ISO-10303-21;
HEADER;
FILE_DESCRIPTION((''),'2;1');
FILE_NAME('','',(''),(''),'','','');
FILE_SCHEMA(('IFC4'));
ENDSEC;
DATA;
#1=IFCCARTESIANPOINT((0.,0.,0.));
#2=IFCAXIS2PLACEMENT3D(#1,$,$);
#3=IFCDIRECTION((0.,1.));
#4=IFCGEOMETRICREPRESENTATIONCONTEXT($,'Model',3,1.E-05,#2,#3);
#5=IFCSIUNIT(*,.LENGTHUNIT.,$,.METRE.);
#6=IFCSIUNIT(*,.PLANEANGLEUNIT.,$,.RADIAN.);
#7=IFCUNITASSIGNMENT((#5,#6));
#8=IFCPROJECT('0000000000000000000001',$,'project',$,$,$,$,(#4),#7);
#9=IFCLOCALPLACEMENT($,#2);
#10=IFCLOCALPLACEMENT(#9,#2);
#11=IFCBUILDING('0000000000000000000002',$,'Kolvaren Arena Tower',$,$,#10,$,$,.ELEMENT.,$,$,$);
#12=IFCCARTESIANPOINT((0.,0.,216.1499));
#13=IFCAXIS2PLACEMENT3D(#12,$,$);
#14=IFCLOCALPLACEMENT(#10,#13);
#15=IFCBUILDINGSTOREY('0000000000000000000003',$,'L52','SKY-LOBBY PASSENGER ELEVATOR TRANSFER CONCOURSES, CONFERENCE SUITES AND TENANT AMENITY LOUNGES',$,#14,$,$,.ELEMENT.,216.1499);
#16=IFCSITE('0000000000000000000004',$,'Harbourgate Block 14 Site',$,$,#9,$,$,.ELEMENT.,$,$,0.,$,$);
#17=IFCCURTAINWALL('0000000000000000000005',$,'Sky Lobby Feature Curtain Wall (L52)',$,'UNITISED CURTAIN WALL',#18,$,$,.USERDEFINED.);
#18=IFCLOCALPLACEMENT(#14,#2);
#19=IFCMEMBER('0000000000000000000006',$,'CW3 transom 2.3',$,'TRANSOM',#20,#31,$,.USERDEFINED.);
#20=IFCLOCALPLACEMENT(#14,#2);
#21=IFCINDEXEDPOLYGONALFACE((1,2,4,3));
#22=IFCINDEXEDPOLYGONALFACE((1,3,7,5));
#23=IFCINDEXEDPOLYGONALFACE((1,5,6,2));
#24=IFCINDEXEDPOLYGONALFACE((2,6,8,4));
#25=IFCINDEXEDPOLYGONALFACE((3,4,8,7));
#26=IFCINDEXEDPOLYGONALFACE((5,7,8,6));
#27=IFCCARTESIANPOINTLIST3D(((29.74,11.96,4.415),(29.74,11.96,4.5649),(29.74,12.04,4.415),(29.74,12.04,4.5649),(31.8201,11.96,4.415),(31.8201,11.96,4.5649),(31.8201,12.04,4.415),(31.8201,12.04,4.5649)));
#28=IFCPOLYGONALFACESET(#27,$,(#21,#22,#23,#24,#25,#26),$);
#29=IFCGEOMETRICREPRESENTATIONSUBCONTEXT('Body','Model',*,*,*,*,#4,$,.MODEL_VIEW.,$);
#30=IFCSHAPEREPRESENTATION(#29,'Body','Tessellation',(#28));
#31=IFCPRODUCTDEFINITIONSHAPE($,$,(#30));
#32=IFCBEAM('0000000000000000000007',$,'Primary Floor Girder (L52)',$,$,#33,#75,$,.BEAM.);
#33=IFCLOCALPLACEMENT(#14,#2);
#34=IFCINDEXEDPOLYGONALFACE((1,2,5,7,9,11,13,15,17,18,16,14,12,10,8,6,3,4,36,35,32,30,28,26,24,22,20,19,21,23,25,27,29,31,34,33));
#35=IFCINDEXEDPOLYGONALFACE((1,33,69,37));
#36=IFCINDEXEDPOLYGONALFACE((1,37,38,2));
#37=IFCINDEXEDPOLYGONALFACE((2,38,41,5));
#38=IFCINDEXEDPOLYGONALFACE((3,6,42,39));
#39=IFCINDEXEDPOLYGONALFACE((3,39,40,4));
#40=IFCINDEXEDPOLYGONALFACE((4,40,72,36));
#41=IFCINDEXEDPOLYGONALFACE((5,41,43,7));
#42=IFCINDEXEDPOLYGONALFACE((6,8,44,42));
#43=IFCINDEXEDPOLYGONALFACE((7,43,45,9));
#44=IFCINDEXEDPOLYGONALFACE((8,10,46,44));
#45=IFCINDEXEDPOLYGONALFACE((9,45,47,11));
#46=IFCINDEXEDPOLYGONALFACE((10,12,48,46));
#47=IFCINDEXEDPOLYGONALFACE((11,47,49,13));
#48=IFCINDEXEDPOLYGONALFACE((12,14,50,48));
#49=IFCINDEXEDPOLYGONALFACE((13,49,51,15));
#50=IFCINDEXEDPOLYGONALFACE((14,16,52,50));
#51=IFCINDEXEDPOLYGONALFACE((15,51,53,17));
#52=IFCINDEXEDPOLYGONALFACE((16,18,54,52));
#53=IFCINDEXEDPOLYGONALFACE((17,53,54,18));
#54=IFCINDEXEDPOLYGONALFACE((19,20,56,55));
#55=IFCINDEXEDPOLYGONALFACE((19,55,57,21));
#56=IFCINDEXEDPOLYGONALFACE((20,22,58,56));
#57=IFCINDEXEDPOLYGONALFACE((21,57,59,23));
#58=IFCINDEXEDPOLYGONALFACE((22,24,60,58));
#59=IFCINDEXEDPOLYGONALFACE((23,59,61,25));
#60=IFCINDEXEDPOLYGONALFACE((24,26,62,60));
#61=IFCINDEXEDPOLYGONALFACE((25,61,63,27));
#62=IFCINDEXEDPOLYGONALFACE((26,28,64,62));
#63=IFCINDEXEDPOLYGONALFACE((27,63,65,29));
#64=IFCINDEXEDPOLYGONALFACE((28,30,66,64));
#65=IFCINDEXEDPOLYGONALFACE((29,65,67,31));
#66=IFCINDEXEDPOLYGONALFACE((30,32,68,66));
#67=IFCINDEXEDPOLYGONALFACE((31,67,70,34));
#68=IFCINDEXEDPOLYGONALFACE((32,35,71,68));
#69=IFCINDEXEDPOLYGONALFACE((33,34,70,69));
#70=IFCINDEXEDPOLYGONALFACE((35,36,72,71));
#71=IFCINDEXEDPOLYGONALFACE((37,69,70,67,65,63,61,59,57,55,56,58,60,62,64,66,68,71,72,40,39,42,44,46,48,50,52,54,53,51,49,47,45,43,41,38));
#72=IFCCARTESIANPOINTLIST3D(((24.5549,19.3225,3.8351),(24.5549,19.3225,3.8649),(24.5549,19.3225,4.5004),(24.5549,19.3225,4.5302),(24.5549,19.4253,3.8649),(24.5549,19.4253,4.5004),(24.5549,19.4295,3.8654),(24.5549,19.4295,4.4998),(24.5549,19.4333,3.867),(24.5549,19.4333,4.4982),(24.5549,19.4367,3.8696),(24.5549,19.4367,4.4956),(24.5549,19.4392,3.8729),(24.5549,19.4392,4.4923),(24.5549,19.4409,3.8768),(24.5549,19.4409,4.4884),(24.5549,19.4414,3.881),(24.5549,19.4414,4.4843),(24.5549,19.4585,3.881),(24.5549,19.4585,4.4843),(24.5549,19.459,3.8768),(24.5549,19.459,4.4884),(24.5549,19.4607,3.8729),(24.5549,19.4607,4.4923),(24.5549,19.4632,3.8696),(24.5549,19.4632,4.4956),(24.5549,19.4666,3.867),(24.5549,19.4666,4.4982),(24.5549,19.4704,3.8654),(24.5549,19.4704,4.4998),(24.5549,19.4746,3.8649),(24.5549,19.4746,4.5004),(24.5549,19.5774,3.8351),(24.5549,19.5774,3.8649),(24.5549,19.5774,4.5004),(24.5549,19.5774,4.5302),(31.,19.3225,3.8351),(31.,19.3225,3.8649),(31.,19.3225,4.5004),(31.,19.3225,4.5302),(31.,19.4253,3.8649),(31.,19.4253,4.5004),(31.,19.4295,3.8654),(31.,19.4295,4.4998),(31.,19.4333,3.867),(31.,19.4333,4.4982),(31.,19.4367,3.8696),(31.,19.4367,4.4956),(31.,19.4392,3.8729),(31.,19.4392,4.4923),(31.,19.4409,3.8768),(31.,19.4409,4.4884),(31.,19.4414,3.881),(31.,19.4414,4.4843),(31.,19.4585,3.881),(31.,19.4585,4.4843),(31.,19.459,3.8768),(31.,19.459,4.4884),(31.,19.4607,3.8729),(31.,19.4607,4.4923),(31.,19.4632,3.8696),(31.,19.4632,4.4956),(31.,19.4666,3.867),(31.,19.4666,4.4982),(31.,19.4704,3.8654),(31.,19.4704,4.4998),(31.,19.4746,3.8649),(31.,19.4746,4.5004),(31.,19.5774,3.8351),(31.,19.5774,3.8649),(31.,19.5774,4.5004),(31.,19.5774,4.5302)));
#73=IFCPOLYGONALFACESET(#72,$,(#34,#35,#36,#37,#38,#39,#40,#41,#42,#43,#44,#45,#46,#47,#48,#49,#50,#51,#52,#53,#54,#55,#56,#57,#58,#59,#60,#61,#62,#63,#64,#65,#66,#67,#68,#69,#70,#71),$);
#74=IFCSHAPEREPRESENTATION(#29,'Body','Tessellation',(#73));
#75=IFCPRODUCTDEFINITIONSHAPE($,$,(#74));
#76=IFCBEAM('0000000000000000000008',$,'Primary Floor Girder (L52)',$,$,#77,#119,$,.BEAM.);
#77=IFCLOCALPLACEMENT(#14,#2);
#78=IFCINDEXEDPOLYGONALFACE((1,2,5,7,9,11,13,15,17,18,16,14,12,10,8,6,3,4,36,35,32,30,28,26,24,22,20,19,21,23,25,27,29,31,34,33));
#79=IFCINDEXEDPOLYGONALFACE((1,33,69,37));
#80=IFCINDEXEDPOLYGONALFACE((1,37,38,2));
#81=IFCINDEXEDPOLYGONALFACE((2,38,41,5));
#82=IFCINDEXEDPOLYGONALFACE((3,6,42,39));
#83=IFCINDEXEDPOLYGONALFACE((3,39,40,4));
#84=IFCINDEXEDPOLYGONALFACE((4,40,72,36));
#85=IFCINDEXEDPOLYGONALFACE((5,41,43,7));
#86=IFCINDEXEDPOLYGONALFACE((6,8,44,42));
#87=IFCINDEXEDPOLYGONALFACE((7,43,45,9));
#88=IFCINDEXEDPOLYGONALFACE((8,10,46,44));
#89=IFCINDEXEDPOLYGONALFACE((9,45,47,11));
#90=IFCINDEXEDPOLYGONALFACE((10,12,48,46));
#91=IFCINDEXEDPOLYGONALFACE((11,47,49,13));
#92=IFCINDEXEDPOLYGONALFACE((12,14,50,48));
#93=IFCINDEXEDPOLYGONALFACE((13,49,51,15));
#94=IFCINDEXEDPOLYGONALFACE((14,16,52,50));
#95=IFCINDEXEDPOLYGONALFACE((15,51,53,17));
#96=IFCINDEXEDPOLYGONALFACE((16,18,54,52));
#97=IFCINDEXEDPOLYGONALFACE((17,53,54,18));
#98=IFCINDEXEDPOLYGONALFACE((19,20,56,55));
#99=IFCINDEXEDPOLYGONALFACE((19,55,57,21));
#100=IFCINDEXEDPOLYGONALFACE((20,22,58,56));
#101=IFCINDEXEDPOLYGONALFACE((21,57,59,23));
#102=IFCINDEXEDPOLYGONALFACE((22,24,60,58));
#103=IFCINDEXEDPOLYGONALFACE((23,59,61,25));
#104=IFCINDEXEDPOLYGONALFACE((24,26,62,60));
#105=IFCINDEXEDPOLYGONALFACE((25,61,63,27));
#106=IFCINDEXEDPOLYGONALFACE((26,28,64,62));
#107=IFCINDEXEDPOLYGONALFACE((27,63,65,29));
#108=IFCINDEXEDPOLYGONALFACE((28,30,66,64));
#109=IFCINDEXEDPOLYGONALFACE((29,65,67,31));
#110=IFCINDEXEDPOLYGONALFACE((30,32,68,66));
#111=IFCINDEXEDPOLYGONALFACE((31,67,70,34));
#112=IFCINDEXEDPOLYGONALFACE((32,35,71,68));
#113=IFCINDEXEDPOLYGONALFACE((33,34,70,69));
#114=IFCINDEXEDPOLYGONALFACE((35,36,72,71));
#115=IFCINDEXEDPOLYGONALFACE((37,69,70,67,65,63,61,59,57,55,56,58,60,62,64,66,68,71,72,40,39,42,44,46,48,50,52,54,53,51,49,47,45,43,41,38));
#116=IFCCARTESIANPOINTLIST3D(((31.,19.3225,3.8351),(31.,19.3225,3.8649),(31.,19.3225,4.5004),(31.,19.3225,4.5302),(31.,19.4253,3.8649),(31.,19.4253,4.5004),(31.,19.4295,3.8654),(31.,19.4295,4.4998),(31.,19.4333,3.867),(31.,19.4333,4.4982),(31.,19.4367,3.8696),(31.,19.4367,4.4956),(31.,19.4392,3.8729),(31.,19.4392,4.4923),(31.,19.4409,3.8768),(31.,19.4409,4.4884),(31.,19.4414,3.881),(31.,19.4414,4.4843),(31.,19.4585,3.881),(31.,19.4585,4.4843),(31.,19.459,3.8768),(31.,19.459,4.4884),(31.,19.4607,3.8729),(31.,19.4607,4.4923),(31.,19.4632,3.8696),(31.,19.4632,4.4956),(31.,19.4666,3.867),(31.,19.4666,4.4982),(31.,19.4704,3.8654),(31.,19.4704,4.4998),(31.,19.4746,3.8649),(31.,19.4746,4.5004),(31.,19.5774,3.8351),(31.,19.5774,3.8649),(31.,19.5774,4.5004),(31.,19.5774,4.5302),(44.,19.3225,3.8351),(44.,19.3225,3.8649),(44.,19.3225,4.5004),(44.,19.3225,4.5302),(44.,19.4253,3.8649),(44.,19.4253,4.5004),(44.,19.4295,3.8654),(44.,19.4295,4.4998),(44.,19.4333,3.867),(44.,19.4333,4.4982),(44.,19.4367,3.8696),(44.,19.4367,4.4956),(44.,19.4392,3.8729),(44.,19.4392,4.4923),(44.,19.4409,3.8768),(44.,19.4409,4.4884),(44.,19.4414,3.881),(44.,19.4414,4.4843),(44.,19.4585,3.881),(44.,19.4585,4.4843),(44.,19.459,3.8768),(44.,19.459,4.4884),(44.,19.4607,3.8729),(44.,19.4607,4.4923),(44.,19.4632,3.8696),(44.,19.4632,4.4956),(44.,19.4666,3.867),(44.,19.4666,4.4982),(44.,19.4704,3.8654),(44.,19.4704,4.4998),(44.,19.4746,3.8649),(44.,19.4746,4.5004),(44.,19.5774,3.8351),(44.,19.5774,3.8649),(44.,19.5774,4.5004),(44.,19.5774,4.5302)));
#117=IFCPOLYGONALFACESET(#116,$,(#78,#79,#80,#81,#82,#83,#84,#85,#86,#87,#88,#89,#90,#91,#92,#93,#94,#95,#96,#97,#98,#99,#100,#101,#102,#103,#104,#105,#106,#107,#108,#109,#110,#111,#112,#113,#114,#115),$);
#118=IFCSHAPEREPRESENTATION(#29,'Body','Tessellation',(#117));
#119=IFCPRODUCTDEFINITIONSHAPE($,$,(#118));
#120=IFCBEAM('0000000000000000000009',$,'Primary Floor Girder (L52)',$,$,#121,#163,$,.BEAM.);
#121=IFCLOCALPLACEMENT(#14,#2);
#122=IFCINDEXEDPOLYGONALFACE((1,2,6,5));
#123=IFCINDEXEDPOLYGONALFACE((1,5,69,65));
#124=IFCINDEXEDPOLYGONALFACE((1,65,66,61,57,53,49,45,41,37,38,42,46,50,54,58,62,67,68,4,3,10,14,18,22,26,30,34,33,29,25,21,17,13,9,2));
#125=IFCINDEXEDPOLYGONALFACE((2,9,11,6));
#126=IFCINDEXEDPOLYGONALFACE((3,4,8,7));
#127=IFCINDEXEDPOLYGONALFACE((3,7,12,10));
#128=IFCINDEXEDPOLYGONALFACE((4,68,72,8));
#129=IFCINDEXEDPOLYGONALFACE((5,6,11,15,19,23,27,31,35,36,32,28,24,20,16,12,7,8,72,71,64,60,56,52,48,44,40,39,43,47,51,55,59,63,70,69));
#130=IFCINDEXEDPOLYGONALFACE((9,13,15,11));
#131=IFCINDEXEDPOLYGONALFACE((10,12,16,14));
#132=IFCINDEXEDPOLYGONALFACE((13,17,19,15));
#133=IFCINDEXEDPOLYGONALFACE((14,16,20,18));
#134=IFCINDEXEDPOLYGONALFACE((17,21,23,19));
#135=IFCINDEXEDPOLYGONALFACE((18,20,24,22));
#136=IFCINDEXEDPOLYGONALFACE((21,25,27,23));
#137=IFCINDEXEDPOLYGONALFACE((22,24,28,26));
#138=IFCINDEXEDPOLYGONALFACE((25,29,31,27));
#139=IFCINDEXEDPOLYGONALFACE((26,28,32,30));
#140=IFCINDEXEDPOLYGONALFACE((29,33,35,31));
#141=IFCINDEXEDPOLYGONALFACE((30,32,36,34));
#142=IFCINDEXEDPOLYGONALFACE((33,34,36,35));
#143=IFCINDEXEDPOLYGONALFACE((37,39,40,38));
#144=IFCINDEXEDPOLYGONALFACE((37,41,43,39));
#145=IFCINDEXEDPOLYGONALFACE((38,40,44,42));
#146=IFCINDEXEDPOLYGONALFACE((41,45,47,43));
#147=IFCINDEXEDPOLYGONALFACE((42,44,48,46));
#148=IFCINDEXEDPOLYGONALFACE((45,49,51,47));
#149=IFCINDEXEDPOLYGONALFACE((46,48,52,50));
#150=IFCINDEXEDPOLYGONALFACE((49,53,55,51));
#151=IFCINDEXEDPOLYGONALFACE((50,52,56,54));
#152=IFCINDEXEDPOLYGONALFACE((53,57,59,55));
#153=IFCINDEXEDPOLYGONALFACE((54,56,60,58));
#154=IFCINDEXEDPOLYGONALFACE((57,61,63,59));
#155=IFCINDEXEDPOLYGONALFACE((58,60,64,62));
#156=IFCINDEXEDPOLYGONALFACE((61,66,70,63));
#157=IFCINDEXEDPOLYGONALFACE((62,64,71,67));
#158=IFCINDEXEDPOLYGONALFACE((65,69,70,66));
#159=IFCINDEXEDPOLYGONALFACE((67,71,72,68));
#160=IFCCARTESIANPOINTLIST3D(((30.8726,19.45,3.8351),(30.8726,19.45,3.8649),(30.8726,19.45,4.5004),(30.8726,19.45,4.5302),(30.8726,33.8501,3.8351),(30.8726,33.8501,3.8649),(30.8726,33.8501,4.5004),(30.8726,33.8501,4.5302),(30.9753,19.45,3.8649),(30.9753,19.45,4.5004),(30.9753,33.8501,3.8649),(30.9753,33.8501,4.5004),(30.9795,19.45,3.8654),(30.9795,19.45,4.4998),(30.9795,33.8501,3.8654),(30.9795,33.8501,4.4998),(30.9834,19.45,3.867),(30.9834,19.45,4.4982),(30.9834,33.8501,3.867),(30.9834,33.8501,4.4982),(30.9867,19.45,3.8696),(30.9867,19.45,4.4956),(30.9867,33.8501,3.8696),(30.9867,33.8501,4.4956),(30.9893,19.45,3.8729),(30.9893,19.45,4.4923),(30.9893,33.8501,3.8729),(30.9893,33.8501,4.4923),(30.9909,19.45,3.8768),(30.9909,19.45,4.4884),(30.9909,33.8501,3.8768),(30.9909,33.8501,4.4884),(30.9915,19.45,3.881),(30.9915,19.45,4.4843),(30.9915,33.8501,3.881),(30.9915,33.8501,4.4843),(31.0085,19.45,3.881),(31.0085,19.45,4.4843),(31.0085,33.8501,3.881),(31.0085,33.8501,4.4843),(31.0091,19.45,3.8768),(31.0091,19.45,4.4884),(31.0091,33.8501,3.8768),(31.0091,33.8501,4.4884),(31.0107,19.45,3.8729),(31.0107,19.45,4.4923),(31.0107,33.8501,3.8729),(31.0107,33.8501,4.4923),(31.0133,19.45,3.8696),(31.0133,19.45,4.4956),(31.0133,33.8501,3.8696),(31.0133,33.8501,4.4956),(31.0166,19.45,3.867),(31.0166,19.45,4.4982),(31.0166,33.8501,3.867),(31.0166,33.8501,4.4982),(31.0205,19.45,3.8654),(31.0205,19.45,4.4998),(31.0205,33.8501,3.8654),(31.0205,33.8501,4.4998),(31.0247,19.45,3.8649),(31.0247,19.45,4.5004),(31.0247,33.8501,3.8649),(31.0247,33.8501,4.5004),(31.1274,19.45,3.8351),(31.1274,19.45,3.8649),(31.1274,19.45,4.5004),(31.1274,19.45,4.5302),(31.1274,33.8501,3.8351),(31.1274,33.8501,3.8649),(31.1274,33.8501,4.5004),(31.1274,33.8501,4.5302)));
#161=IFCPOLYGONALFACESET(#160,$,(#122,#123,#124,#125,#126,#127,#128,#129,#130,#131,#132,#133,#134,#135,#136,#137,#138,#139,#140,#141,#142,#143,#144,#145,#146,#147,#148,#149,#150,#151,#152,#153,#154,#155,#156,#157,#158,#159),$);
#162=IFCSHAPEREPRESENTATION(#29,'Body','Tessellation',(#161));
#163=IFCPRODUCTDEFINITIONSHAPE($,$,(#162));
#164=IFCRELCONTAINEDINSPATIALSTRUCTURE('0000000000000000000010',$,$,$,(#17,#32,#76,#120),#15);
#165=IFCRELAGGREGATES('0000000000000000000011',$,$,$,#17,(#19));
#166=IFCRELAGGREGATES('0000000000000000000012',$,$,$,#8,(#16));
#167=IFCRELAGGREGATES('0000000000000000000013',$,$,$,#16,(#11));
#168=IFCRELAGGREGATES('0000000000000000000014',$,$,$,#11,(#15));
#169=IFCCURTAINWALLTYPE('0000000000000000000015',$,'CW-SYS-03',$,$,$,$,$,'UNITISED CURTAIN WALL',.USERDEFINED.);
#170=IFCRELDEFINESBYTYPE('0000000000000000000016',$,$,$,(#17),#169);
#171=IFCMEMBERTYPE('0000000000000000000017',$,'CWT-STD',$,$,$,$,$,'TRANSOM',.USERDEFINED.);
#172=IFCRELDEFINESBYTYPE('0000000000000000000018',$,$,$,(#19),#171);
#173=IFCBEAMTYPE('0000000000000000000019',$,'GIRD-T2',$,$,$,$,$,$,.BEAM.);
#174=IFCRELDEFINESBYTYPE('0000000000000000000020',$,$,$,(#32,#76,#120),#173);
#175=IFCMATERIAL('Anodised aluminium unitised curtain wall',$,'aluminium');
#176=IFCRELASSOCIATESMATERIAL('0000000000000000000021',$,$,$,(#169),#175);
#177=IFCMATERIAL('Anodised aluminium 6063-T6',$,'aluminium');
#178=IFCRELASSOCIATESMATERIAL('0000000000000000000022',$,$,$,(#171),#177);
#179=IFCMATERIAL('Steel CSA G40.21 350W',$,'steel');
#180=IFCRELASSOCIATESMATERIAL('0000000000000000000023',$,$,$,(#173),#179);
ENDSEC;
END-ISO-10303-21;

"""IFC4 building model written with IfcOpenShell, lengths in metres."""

from ifc_helpers import new_model, si_unit, direction, frame, origin, origin_2d, place, context, subcontext, project, spatial, rectangle, i_section, extrude, material, material_profile, profile_set, type_object, element, aggregate, save


model = new_model("IFC4")

# Units and contexts
model_context = context("Model", 3, precision=1e-05, world=origin(), true_north=direction((0.0, 1.0)))
body_context = subcontext(model_context, "Body", "Model", "MODEL_VIEW")
ifc_project = project(units=[si_unit("LENGTHUNIT", "METRE"), si_unit("PLANEANGLEUNIT", "RADIAN")], contexts=[model_context])

# Site, building, storey
site_placement = place(None, origin())
site = spatial("IfcSite", under=ifc_project, at=site_placement, Name="Harbourgate Block 14 Site", CompositionType="ELEMENT", RefElevation=0.0)
building_placement = place(site_placement, origin())
building = spatial("IfcBuilding", under=site, at=building_placement, Name="Kolvaren Arena Tower", CompositionType="ELEMENT")
storey_placement = place(building_placement, frame((0.0, 0.0, 216.1499)))
storey = spatial("IfcBuildingStorey", under=building, at=storey_placement, Name="L52", Description="SKY-LOBBY PASSENGER ELEVATOR TRANSFER CONCOURSES, CONFERENCE SUITES AND TENANT AMENITY LOUNGES", CompositionType="ELEMENT", Elevation=216.1499)

# Shared definitions
ifc_material_1 = material(Name="Steel CSA G40.21 350W", Category="steel")

# Curtain wall, member
ifc_material_2 = material(Name="Anodised aluminium unitised curtain wall", Category="aluminium")
curtain_wall_type = type_object("IfcCurtainWallType", Name="CW-SYS-03", ElementType="UNITISED CURTAIN WALL", PredefinedType="USERDEFINED", material=ifc_material_2)
curtain_wall_placement = place(storey_placement, origin())
curtain_wall = element("IfcCurtainWall", 1, at=curtain_wall_placement, inside=storey, type_object=curtain_wall_type, Name="Sky Lobby Feature Curtain Wall (L52)", ObjectType="UNITISED CURTAIN WALL", PredefinedType="USERDEFINED")
ifc_material_3 = material(Name="Anodised aluminium 6063-T6", Category="aluminium")
ifc_material_profile_1 = material_profile(ifc_material_3, rectangle(XDim=0.0801, YDim=0.1499, at=origin_2d()), Name="ALU-80x150")
ifc_profile_set_1 = profile_set([ifc_material_profile_1], Name="Anodised aluminium 6063-T6")
member_type = type_object("IfcMemberType", Name="CWT-STD", ElementType="TRANSOM", PredefinedType="USERDEFINED", material=ifc_profile_set_1)
member_placement = place(storey_placement, frame((29.74, 12.0, 4.49), z_axis=(1.0, 0.0, 0.0), x_axis=(0.0, 1.0, 0.0)))
member = element("IfcMember", 2, at=member_placement, type_object=member_type, Name="CW3 transom 2.3", ObjectType="TRANSOM", PredefinedType="USERDEFINED", context=body_context, shape_type="SweptSolid", body=[
    extrude(rectangle(XDim=0.0801, YDim=0.1499, at=origin_2d()), origin(), (0.0, 0.0, 1.0), 2.0801),
])

# Beams
ifc_material_profile_2 = material_profile(ifc_material_1, i_section(OverallWidth=0.2549, OverallDepth=0.6951, WebThickness=0.0171, FlangeThickness=0.0298, FilletRadius=0.0161, at=origin_2d()), Name="W690x217")
ifc_profile_set_2 = profile_set([ifc_material_profile_2], Name="Steel CSA G40.21 350W")
beam_type_1 = type_object("IfcBeamType", Name="GIRD-T2", PredefinedType="BEAM", material=ifc_profile_set_2)
beam_1_placement = place(storey_placement, frame((24.5549, 19.45, 4.1826), z_axis=(1.0, 0.0, 0.0), x_axis=(0.0, 1.0, 0.0)))
element("IfcBeam", 3, at=beam_1_placement, inside=storey, type_object=beam_type_1, Name="Primary Floor Girder (L52)", PredefinedType="BEAM", context=body_context, shape_type="SweptSolid", body=[
    extrude(i_section(OverallWidth=0.2549, OverallDepth=0.6951, WebThickness=0.0171, FlangeThickness=0.0298, FilletRadius=0.0161, at=origin_2d()), origin(), (0.0, 0.0, 1.0), 6.4451),
])
beam_2_placement = place(storey_placement, frame((31.0, 19.45, 4.1826), z_axis=(1.0, 0.0, 0.0), x_axis=(0.0, 1.0, 0.0)))
element("IfcBeam", 4, at=beam_2_placement, inside=storey, type_object=beam_type_1, Name="Primary Floor Girder (L52)", PredefinedType="BEAM", context=body_context, shape_type="SweptSolid", body=[
    extrude(i_section(OverallWidth=0.2549, OverallDepth=0.6951, WebThickness=0.0171, FlangeThickness=0.0298, FilletRadius=0.0161, at=origin_2d()), origin(), (0.0, 0.0, 1.0), 13.0),
])
beam_3_placement = place(storey_placement, frame((31.0, 19.45, 4.1826), z_axis=(0.0, 1.0, 0.0), x_axis=(-1.0, 0.0, 0.0)))
element("IfcBeam", 5, at=beam_3_placement, inside=storey, type_object=beam_type_1, Name="Primary Floor Girder (L52)", PredefinedType="BEAM", context=body_context, shape_type="SweptSolid", body=[
    extrude(i_section(OverallWidth=0.2549, OverallDepth=0.6951, WebThickness=0.0171, FlangeThickness=0.0298, FilletRadius=0.0161, at=origin_2d()), origin(), (0.0, 0.0, 1.0), 14.4001),
])

aggregate(curtain_wall, [member])

save(model, "model.ifc")
